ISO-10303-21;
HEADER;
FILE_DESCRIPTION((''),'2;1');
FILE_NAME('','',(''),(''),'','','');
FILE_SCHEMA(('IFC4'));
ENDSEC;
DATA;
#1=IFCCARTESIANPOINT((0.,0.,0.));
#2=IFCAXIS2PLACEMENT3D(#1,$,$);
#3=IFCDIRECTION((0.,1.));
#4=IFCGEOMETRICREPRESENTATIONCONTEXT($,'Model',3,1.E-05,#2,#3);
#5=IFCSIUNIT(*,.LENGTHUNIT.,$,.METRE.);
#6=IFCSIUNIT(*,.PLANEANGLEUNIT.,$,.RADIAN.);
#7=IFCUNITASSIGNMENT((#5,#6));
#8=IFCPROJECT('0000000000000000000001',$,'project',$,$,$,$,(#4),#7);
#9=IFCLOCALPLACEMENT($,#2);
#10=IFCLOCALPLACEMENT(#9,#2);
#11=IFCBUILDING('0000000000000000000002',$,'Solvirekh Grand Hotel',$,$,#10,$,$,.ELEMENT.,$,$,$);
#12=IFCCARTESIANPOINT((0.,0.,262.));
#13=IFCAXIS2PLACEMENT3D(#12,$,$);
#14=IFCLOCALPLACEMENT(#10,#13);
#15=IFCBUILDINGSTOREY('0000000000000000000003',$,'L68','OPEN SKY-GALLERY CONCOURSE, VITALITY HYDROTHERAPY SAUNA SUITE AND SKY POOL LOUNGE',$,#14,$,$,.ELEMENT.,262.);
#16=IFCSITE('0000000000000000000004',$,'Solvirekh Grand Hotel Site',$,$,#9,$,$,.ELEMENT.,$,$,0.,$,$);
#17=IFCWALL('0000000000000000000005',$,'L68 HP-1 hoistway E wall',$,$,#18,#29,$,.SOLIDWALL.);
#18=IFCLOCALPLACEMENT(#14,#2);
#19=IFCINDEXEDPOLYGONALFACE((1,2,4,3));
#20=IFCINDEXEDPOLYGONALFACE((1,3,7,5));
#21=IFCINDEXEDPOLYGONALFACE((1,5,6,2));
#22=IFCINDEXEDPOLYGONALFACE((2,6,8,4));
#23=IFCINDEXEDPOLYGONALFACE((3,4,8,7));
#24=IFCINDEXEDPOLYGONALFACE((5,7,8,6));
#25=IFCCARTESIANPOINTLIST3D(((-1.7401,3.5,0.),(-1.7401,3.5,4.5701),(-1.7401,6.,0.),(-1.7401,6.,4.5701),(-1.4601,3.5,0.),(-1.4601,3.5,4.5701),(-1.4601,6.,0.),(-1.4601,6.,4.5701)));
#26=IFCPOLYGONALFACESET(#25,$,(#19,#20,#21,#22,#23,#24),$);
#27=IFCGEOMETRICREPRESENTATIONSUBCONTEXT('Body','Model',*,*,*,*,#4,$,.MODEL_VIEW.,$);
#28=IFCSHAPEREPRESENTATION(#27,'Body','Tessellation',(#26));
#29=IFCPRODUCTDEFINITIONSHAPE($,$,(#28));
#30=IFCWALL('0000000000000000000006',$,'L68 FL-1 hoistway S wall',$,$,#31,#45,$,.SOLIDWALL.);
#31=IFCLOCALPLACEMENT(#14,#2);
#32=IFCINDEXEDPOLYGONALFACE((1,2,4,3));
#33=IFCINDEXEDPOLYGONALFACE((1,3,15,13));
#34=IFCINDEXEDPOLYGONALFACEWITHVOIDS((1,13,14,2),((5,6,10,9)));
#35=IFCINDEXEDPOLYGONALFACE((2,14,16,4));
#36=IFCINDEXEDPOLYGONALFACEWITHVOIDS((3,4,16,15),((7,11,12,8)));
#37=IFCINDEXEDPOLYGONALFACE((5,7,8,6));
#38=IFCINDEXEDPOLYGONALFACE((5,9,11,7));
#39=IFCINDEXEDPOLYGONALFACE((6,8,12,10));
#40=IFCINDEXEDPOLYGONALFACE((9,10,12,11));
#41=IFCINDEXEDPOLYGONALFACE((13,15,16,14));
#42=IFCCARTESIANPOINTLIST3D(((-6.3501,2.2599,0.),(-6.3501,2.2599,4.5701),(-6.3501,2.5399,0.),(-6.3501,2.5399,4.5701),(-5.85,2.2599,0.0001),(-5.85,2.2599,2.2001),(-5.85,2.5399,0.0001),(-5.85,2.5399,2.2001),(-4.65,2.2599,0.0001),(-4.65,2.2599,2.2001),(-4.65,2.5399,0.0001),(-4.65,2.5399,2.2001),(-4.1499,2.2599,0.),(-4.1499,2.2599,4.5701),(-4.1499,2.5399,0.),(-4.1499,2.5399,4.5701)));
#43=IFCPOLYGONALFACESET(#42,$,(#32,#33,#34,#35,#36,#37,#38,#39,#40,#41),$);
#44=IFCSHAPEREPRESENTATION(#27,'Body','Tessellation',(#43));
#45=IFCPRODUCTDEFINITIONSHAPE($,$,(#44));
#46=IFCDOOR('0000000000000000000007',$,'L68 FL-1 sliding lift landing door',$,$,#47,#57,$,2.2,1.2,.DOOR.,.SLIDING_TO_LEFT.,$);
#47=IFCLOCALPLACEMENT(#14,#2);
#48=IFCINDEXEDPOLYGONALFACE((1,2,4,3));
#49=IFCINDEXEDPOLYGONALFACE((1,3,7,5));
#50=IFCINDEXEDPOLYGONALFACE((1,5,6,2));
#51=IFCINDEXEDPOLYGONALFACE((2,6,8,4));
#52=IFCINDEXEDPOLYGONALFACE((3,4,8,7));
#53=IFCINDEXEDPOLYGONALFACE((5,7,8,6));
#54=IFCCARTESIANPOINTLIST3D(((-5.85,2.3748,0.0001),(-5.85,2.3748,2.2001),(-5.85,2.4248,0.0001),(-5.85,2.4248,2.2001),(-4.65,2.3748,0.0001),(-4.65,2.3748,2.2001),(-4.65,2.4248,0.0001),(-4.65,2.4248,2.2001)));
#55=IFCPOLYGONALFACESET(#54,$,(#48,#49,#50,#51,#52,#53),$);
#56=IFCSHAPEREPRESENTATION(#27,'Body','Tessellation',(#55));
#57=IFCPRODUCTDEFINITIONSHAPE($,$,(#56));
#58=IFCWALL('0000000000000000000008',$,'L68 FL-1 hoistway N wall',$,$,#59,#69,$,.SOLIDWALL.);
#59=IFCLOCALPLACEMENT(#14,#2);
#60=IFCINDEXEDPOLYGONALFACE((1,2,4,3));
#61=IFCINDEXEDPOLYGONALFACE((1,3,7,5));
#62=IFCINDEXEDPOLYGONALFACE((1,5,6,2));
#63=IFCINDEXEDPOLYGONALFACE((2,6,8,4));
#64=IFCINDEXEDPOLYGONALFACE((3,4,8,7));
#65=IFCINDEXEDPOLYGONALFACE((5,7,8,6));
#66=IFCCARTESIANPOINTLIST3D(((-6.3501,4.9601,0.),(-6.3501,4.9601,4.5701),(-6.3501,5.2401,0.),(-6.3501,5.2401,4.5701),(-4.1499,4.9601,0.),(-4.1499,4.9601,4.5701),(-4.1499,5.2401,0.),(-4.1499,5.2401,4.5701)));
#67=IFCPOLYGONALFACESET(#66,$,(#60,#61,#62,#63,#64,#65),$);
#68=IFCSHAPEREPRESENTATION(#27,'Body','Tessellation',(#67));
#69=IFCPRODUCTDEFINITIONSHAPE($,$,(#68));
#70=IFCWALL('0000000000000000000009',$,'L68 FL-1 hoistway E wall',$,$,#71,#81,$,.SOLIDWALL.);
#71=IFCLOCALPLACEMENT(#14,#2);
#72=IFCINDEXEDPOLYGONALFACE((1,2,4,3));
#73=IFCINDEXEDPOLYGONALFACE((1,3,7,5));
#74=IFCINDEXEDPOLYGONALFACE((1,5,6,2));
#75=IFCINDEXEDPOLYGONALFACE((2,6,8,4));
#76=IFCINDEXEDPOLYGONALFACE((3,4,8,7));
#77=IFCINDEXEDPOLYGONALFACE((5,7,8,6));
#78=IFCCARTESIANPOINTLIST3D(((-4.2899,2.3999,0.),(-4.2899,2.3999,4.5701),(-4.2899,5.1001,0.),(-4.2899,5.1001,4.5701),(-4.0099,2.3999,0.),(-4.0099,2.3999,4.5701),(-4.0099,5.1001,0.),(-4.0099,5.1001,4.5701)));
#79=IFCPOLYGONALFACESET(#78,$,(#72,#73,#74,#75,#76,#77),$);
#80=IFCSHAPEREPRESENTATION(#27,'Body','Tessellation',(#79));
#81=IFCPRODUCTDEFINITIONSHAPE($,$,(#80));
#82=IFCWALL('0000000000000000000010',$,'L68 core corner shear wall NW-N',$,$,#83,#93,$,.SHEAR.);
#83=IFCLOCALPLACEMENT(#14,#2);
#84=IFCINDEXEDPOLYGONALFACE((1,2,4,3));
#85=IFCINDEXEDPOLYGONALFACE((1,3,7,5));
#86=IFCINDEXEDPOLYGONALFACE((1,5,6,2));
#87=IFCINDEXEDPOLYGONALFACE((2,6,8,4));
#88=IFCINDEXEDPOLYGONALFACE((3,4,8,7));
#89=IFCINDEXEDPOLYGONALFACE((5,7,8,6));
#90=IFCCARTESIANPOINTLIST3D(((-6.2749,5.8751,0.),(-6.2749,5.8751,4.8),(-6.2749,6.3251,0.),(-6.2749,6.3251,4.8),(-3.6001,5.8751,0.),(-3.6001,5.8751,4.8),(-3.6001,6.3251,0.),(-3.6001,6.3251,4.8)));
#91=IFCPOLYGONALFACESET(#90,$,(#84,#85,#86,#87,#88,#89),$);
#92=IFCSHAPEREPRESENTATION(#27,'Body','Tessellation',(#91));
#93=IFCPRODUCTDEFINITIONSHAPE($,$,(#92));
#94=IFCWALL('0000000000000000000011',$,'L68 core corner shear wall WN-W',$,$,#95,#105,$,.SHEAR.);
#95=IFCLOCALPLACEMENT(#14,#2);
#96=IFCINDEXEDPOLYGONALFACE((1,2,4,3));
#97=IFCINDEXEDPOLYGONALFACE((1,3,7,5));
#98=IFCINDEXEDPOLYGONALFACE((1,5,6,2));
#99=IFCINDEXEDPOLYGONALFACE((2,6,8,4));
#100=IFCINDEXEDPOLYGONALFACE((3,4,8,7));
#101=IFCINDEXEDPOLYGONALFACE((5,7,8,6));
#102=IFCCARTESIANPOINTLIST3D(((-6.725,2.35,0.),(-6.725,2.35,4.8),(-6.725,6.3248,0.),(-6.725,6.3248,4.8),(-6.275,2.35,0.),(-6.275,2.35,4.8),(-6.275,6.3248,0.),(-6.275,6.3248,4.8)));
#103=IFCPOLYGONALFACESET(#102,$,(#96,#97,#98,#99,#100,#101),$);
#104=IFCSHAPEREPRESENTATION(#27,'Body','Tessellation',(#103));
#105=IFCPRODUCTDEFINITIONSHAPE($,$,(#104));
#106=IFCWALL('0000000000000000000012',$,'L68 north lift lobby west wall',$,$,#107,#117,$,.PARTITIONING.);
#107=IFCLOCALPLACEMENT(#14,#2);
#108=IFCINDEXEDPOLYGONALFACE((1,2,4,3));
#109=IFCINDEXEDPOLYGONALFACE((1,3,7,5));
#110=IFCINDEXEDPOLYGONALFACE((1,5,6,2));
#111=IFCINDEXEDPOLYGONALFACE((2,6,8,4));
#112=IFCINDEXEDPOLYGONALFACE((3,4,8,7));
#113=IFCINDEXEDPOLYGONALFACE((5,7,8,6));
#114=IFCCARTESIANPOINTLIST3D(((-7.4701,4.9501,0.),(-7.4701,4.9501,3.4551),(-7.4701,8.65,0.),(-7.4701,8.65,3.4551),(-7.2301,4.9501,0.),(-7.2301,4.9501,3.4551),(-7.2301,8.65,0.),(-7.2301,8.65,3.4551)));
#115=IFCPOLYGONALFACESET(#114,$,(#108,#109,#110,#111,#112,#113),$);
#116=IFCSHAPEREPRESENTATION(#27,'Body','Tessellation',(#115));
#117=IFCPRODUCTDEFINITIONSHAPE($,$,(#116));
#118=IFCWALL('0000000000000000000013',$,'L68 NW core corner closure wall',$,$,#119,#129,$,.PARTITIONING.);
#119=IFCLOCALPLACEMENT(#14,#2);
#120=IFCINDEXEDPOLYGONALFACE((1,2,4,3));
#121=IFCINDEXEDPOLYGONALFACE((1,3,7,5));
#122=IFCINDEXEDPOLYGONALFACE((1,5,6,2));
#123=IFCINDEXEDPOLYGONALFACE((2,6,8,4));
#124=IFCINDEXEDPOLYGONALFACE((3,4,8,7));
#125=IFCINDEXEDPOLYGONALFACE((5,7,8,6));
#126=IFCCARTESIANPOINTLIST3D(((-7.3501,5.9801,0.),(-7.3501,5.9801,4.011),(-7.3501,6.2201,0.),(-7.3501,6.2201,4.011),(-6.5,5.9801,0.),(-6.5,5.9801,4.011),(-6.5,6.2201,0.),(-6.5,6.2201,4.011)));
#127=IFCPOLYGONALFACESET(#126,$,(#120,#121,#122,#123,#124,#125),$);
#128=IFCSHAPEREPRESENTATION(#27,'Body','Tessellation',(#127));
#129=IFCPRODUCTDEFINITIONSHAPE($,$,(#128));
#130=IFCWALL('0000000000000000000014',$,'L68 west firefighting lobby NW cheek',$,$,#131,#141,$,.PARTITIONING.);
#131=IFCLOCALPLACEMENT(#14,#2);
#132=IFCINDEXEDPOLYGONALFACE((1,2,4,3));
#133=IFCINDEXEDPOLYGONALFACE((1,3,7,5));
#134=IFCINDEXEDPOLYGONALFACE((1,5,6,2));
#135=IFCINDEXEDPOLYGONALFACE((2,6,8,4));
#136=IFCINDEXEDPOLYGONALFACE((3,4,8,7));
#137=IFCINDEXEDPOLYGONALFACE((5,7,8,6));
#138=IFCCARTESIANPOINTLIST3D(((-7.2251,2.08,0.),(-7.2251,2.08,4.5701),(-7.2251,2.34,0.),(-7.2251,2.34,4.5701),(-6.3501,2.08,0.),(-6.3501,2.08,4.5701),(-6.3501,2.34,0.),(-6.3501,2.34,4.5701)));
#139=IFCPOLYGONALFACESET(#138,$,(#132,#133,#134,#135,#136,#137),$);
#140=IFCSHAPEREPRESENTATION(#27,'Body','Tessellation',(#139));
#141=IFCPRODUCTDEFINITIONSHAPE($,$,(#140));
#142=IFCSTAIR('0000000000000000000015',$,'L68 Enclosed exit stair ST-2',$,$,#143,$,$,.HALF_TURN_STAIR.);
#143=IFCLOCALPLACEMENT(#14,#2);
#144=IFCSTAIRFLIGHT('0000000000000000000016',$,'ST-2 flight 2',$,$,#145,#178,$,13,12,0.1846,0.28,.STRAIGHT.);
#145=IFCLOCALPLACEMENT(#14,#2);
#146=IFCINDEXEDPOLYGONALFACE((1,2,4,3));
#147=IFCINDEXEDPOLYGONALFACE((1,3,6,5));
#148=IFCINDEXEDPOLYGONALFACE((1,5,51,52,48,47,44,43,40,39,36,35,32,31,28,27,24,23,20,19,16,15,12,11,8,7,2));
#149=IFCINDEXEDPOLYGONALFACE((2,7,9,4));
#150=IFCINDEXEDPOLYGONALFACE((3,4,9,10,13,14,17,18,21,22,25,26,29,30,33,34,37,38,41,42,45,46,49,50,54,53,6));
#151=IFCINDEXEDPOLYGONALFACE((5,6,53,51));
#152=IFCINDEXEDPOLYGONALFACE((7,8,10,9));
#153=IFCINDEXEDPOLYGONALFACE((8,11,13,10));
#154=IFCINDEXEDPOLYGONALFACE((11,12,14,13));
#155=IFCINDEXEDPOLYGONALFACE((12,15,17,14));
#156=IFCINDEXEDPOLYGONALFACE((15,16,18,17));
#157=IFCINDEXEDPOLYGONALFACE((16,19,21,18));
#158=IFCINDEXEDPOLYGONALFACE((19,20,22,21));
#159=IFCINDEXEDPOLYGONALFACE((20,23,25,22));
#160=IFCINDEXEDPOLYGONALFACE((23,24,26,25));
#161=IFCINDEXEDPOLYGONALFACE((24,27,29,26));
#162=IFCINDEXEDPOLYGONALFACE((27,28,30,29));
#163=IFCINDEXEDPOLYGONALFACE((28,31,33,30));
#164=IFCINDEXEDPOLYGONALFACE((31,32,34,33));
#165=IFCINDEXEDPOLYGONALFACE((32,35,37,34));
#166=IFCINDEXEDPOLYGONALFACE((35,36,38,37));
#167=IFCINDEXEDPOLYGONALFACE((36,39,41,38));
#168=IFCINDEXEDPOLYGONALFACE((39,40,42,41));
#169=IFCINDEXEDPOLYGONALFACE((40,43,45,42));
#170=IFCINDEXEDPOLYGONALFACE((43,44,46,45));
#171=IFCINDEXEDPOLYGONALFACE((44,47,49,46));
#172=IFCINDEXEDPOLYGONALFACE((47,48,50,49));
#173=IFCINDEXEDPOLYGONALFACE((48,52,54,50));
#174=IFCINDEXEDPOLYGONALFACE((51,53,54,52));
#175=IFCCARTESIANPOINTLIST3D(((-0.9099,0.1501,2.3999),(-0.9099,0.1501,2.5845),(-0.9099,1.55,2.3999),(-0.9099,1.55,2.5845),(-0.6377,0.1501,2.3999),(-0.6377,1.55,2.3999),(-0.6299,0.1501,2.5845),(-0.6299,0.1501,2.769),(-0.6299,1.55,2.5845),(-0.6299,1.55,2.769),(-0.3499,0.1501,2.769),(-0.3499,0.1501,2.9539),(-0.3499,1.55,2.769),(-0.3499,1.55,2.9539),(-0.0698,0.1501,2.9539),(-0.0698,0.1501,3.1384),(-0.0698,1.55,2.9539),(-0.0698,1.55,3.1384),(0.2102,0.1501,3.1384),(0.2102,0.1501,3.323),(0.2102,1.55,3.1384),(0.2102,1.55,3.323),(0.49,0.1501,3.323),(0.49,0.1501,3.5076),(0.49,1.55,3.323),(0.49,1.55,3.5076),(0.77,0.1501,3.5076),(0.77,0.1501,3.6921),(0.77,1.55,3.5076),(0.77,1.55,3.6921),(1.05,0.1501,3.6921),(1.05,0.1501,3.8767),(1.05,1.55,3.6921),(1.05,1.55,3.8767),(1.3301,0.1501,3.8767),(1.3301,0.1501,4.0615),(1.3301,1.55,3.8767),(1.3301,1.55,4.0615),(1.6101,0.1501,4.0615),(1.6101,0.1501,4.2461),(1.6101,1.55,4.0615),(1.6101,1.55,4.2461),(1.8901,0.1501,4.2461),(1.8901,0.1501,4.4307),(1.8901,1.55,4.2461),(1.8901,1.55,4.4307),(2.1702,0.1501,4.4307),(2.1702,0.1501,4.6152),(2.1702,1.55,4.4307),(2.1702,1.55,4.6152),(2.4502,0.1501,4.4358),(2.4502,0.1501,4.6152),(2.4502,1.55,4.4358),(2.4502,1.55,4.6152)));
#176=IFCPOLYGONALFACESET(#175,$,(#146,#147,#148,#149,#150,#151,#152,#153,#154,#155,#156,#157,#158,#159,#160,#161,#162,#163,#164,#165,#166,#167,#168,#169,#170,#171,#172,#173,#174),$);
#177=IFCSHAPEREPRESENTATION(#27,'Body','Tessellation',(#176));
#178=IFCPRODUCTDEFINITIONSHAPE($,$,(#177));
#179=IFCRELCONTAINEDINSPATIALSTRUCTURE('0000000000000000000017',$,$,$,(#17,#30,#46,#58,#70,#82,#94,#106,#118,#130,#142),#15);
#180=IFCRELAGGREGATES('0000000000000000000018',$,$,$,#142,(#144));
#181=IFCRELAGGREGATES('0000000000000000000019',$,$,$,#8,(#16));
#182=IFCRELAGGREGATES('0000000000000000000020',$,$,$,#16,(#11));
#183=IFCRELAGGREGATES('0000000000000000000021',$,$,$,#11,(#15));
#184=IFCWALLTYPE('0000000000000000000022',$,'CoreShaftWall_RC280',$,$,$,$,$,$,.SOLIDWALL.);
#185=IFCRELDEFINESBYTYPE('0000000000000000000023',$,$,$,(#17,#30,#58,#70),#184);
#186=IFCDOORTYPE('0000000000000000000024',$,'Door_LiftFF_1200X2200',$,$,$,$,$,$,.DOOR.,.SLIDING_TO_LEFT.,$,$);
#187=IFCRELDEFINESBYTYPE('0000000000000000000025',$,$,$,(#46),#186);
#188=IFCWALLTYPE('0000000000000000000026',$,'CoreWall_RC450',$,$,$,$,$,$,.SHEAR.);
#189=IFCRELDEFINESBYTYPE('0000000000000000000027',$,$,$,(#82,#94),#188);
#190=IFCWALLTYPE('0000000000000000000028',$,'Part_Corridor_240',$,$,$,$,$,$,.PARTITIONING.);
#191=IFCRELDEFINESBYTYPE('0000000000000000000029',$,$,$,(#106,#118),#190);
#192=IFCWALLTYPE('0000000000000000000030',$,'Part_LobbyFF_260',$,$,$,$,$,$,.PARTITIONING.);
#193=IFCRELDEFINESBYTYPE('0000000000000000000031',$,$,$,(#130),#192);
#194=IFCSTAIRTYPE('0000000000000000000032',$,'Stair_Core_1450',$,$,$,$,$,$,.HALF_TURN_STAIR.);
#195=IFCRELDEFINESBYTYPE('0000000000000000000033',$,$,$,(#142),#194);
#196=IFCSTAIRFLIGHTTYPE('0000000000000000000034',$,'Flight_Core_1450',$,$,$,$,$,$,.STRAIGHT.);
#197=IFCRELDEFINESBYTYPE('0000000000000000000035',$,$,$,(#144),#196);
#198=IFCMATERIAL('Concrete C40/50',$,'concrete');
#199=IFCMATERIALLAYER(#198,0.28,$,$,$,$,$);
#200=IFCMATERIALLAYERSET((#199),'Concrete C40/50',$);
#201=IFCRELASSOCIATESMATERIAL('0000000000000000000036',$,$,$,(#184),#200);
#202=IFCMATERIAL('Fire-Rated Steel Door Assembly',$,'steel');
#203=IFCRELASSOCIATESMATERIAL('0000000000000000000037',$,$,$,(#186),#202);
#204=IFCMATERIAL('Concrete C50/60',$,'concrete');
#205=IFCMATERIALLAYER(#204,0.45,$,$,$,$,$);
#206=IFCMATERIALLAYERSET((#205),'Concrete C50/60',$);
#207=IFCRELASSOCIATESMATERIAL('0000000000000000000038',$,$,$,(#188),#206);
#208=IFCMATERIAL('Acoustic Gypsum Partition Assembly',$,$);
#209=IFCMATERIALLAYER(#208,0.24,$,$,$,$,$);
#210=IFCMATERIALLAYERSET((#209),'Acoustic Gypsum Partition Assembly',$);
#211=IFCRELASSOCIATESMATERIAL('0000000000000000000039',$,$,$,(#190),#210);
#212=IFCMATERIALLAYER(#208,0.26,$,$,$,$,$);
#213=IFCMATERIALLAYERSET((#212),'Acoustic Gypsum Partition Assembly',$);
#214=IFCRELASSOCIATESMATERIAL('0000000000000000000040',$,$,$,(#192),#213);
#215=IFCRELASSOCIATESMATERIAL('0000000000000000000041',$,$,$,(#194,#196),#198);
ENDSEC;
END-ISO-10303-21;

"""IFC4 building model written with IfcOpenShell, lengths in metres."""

from ifc_helpers import new_model, si_unit, direction, frame, frame_2d, origin, place, context, subcontext, project, spatial, polyline, rectangle, outline, extrude, material, layer, layer_set, type_object, element, fill, aggregate, save


model = new_model("IFC4")

# Units and contexts
model_context = context("Model", 3, precision=1e-05, world=origin(), true_north=direction((0.0, 1.0)))
body_context = subcontext(model_context, "Body", "Model", "MODEL_VIEW")
ifc_project = project(units=[si_unit("LENGTHUNIT", "METRE"), si_unit("PLANEANGLEUNIT", "RADIAN")], contexts=[model_context])

# Site, building, storey
site_placement = place(None, origin())
site = spatial("IfcSite", under=ifc_project, at=site_placement, Name="Solvirekh Grand Hotel Site", CompositionType="ELEMENT", RefElevation=0.0)
building_placement = place(site_placement, origin())
building = spatial("IfcBuilding", under=site, at=building_placement, Name="Solvirekh Grand Hotel", CompositionType="ELEMENT")
storey_placement = place(building_placement, frame((0.0, 0.0, 262.0)))
storey = spatial("IfcBuildingStorey", under=building, at=storey_placement, Name="L68", Description="OPEN SKY-GALLERY CONCOURSE, VITALITY HYDROTHERAPY SAUNA SUITE AND SKY POOL LOUNGE", CompositionType="ELEMENT", Elevation=262.0)

# Shared definitions
ifc_material_1 = material(Name="Concrete C50/60", Category="concrete")

# Shared definitions
ifc_material_2 = material(Name="Concrete C40/50", Category="concrete")
ifc_layer_1 = layer(ifc_material_2, 0.28)
ifc_layer_set_1 = layer_set([ifc_layer_1], Name="Concrete C40/50")
wall_type_1 = type_object("IfcWallType", Name="CoreShaftWall_RC280", PredefinedType="SOLIDWALL", material=ifc_layer_set_1)
ifc_material_3 = material(Name="Fire-Rated Steel Door Assembly", Category="steel")

# Wall
for number, where, z_axis, x_axis, name in (
    (1, (-1.6001, 3.5, 0.0), (0.0, 0.0, 1.0), (0.0, 1.0, 0.0), "L68 HP-1 hoistway E wall"),
):
    element("IfcWall", number, at=place(storey_placement, frame(where, z_axis=z_axis, x_axis=x_axis)), inside=storey, type_object=wall_type_1, Name=name, PredefinedType="SOLIDWALL", context=body_context, shape_type="SweptSolid", body=[
        extrude(rectangle(XDim=2.5, YDim=0.28, at=frame_2d((1.25, 0.0))), origin(), (0.0, 0.0, 1.0), 4.5701),
    ])

# Wall, opening, door
wall_1_placement = place(storey_placement, frame((-6.3501, 2.3999, 0.0), z_axis=(0.0, 0.0, 1.0), x_axis=(1.0, 0.0, 0.0)))
wall_1 = element("IfcWall", 2, at=wall_1_placement, inside=storey, type_object=wall_type_1, Name="L68 FL-1 hoistway S wall", PredefinedType="SOLIDWALL", context=body_context, shape_type="SweptSolid", body=[
    extrude(rectangle(XDim=2.2002, YDim=0.28, at=frame_2d((1.1001, 0.0))), origin(), (0.0, 0.0, 1.0), 4.5701),
])
opening_1_placement = place(wall_1_placement, frame((0.5, 0.0, 0.0)))
opening_1 = element("IfcOpeningElement", 3, at=opening_1_placement, cuts=wall_1, PredefinedType="OPENING", context=body_context, shape_type="SweptSolid", body=[
    extrude(rectangle(XDim=1.2, YDim=2.2, at=frame_2d((0.6001, 1.1001))), frame((0.0, 0.1499, 0.0), z_axis=(0.0, -1.0, 0.0), x_axis=(1.0, 0.0, 0.0)), (0.0, 0.0, 1.0), 0.3),
])
door_type_1 = type_object("IfcDoorType", Name="Door_LiftFF_1200X2200", OperationType="SLIDING_TO_LEFT", PredefinedType="DOOR", material=ifc_material_3)
door_1_placement = place(opening_1_placement, origin())
door_1 = element("IfcDoor", 4, at=door_1_placement, inside=storey, type_object=door_type_1, Name="L68 FL-1 sliding lift landing door", OperationType="SLIDING_TO_LEFT", OverallHeight=2.2, OverallWidth=1.2, PredefinedType="DOOR", context=body_context, shape_type="SweptSolid", body=[
    extrude(rectangle(XDim=1.2, YDim=2.2, at=frame_2d((0.6001, 1.1001))), frame((0.0, 0.0249, 0.0), z_axis=(0.0, -1.0, 0.0), x_axis=(1.0, 0.0, 0.0)), (0.0, 0.0, 1.0), 0.05),
])
fill(opening_1, door_1)

# Walls
wall_2_placement = place(storey_placement, frame((-4.1499, 5.1001, 0.0), z_axis=(0.0, 0.0, 1.0), x_axis=(-1.0, 0.0, 0.0)))
element("IfcWall", 5, at=wall_2_placement, inside=storey, type_object=wall_type_1, Name="L68 FL-1 hoistway N wall", PredefinedType="SOLIDWALL", context=body_context, shape_type="SweptSolid", body=[
    extrude(rectangle(XDim=2.2002, YDim=0.28, at=frame_2d((1.1001, 0.0))), origin(), (0.0, 0.0, 1.0), 4.5701),
])
wall_3_placement = place(storey_placement, frame((-4.1499, 2.3999, 0.0), z_axis=(0.0, 0.0, 1.0), x_axis=(0.0, 1.0, 0.0)))
element("IfcWall", 6, at=wall_3_placement, inside=storey, type_object=wall_type_1, Name="L68 FL-1 hoistway E wall", PredefinedType="SOLIDWALL", context=body_context, shape_type="SweptSolid", body=[
    extrude(rectangle(XDim=2.7002, YDim=0.28, at=frame_2d((1.3501, 0.0))), origin(), (0.0, 0.0, 1.0), 4.5701),
])
ifc_layer_2 = layer(ifc_material_1, 0.45)
ifc_layer_set_2 = layer_set([ifc_layer_2], Name="Concrete C50/60")
wall_type_2 = type_object("IfcWallType", Name="CoreWall_RC450", PredefinedType="SHEAR", material=ifc_layer_set_2)
wall_4_placement = place(storey_placement, frame((-6.2749, 6.1001, 0.0), z_axis=(0.0, 0.0, 1.0), x_axis=(1.0, 0.0, 0.0)))
element("IfcWall", 7, at=wall_4_placement, inside=storey, type_object=wall_type_2, Name="L68 core corner shear wall NW-N", PredefinedType="SHEAR", context=body_context, shape_type="SweptSolid", body=[
    extrude(rectangle(XDim=2.6748, YDim=0.45, at=frame_2d((1.3374, 0.0))), origin(), (0.0, 0.0, 1.0), 4.8),
])
wall_5_placement = place(storey_placement, frame((-6.5, 2.3501, 0.0), z_axis=(0.0, 0.0, 1.0), x_axis=(0.0, 1.0, 0.0)))
element("IfcWall", 8, at=wall_5_placement, inside=storey, type_object=wall_type_2, Name="L68 core corner shear wall WN-W", PredefinedType="SHEAR", context=body_context, shape_type="SweptSolid", body=[
    extrude(rectangle(XDim=3.9749, YDim=0.45, at=frame_2d((1.9873, 0.0))), origin(), (0.0, 0.0, 1.0), 4.8),
])
ifc_material_4 = material(Name="Acoustic Gypsum Partition Assembly")
ifc_layer_3 = layer(ifc_material_4, 0.24)
ifc_layer_set_3 = layer_set([ifc_layer_3], Name="Acoustic Gypsum Partition Assembly")
wall_type_3 = type_object("IfcWallType", Name="Part_Corridor_240", PredefinedType="PARTITIONING", material=ifc_layer_set_3)
wall_6_placement = place(storey_placement, frame((-7.3501, 4.95, 0.0), z_axis=(0.0, 0.0, 1.0), x_axis=(0.0, 1.0, 0.0)))
element("IfcWall", 9, at=wall_6_placement, inside=storey, type_object=wall_type_3, Name="L68 north lift lobby west wall", PredefinedType="PARTITIONING", context=body_context, shape_type="SweptSolid", body=[
    extrude(rectangle(XDim=3.7, YDim=0.24, at=frame_2d((1.8501, 0.0))), origin(), (0.0, 0.0, 1.0), 3.4551),
])
wall_7_placement = place(storey_placement, frame((-7.3501, 6.1001, 0.0), z_axis=(0.0, 0.0, 1.0), x_axis=(1.0, 0.0, 0.0)))
element("IfcWall", 10, at=wall_7_placement, inside=storey, type_object=wall_type_3, Name="L68 NW core corner closure wall", PredefinedType="PARTITIONING", context=body_context, shape_type="SweptSolid", body=[
    extrude(rectangle(XDim=0.8501, YDim=0.24, at=frame_2d((0.425, 0.0))), origin(), (0.0, 0.0, 1.0), 4.011),
])
ifc_layer_4 = layer(ifc_material_4, 0.26)
ifc_layer_set_4 = layer_set([ifc_layer_4], Name="Acoustic Gypsum Partition Assembly")
wall_type_4 = type_object("IfcWallType", Name="Part_LobbyFF_260", PredefinedType="PARTITIONING", material=ifc_layer_set_4)
wall_8_placement = place(storey_placement, frame((-7.2251, 2.21, 0.0), z_axis=(0.0, 0.0, 1.0), x_axis=(1.0, 0.0, 0.0)))
element("IfcWall", 11, at=wall_8_placement, inside=storey, type_object=wall_type_4, Name="L68 west firefighting lobby NW cheek", PredefinedType="PARTITIONING", context=body_context, shape_type="SweptSolid", body=[
    extrude(rectangle(XDim=0.875, YDim=0.26, at=frame_2d((0.4375, 0.0))), origin(), (0.0, 0.0, 1.0), 4.5701),
])

# Stair, stair flight
stair_type = type_object("IfcStairType", Name="Stair_Core_1450", PredefinedType="HALF_TURN_STAIR", material=ifc_material_2)
stair_placement = place(storey_placement, origin())
stair = element("IfcStair", 12, at=stair_placement, inside=storey, type_object=stair_type, Name="L68 Enclosed exit stair ST-2", PredefinedType="HALF_TURN_STAIR")
stair_flight_type = type_object("IfcStairFlightType", Name="Flight_Core_1450", PredefinedType="STRAIGHT", material=ifc_material_2)
stair_flight_placement = place(storey_placement, frame((-0.9099, 0.8501, 2.3999), z_axis=(0.0, 0.0, 1.0), x_axis=(1.0, 0.0, 0.0)))
stair_flight = element("IfcStairFlight", 13, at=stair_flight_placement, type_object=stair_flight_type, Name="ST-2 flight 2", NumberOfRisers=13, NumberOfTreads=12, PredefinedType="STRAIGHT", RiserHeight=0.1846, TreadLength=0.28, context=body_context, shape_type="SweptSolid", body=[
    extrude(outline(polyline([(0.0, 0.0), (0.0, 0.1846), (0.28, 0.1846), (0.28, 0.3691), (0.5601, 0.3691), (0.5601, 0.554), (0.8401, 0.554), (0.8401, 0.7385), (1.1201, 0.7385), (1.1201, 0.9231), (1.3999, 0.9231), (1.3999, 1.1077), (1.6799, 1.1077), (1.6799, 1.2922), (1.96, 1.2922), (1.96, 1.4768), (2.24, 1.4768), (2.24, 1.6616), (2.52, 1.6616), (2.52, 1.8462), (2.8, 1.8462), (2.8, 2.0308), (3.0801, 2.0308), (3.0801, 2.2153), (3.3601, 2.2153), (3.3601, 2.3999), (3.3601, 2.0359), (0.2722, 0.0), (0.0, 0.0)])), frame((0.0, 0.7, 0.0), z_axis=(0.0, -1.0, 0.0), x_axis=(1.0, 0.0, 0.0)), (0.0, 0.0, 1.0), 1.3999),
])
aggregate(stair, [stair_flight])

save(model, "model.ifc")
